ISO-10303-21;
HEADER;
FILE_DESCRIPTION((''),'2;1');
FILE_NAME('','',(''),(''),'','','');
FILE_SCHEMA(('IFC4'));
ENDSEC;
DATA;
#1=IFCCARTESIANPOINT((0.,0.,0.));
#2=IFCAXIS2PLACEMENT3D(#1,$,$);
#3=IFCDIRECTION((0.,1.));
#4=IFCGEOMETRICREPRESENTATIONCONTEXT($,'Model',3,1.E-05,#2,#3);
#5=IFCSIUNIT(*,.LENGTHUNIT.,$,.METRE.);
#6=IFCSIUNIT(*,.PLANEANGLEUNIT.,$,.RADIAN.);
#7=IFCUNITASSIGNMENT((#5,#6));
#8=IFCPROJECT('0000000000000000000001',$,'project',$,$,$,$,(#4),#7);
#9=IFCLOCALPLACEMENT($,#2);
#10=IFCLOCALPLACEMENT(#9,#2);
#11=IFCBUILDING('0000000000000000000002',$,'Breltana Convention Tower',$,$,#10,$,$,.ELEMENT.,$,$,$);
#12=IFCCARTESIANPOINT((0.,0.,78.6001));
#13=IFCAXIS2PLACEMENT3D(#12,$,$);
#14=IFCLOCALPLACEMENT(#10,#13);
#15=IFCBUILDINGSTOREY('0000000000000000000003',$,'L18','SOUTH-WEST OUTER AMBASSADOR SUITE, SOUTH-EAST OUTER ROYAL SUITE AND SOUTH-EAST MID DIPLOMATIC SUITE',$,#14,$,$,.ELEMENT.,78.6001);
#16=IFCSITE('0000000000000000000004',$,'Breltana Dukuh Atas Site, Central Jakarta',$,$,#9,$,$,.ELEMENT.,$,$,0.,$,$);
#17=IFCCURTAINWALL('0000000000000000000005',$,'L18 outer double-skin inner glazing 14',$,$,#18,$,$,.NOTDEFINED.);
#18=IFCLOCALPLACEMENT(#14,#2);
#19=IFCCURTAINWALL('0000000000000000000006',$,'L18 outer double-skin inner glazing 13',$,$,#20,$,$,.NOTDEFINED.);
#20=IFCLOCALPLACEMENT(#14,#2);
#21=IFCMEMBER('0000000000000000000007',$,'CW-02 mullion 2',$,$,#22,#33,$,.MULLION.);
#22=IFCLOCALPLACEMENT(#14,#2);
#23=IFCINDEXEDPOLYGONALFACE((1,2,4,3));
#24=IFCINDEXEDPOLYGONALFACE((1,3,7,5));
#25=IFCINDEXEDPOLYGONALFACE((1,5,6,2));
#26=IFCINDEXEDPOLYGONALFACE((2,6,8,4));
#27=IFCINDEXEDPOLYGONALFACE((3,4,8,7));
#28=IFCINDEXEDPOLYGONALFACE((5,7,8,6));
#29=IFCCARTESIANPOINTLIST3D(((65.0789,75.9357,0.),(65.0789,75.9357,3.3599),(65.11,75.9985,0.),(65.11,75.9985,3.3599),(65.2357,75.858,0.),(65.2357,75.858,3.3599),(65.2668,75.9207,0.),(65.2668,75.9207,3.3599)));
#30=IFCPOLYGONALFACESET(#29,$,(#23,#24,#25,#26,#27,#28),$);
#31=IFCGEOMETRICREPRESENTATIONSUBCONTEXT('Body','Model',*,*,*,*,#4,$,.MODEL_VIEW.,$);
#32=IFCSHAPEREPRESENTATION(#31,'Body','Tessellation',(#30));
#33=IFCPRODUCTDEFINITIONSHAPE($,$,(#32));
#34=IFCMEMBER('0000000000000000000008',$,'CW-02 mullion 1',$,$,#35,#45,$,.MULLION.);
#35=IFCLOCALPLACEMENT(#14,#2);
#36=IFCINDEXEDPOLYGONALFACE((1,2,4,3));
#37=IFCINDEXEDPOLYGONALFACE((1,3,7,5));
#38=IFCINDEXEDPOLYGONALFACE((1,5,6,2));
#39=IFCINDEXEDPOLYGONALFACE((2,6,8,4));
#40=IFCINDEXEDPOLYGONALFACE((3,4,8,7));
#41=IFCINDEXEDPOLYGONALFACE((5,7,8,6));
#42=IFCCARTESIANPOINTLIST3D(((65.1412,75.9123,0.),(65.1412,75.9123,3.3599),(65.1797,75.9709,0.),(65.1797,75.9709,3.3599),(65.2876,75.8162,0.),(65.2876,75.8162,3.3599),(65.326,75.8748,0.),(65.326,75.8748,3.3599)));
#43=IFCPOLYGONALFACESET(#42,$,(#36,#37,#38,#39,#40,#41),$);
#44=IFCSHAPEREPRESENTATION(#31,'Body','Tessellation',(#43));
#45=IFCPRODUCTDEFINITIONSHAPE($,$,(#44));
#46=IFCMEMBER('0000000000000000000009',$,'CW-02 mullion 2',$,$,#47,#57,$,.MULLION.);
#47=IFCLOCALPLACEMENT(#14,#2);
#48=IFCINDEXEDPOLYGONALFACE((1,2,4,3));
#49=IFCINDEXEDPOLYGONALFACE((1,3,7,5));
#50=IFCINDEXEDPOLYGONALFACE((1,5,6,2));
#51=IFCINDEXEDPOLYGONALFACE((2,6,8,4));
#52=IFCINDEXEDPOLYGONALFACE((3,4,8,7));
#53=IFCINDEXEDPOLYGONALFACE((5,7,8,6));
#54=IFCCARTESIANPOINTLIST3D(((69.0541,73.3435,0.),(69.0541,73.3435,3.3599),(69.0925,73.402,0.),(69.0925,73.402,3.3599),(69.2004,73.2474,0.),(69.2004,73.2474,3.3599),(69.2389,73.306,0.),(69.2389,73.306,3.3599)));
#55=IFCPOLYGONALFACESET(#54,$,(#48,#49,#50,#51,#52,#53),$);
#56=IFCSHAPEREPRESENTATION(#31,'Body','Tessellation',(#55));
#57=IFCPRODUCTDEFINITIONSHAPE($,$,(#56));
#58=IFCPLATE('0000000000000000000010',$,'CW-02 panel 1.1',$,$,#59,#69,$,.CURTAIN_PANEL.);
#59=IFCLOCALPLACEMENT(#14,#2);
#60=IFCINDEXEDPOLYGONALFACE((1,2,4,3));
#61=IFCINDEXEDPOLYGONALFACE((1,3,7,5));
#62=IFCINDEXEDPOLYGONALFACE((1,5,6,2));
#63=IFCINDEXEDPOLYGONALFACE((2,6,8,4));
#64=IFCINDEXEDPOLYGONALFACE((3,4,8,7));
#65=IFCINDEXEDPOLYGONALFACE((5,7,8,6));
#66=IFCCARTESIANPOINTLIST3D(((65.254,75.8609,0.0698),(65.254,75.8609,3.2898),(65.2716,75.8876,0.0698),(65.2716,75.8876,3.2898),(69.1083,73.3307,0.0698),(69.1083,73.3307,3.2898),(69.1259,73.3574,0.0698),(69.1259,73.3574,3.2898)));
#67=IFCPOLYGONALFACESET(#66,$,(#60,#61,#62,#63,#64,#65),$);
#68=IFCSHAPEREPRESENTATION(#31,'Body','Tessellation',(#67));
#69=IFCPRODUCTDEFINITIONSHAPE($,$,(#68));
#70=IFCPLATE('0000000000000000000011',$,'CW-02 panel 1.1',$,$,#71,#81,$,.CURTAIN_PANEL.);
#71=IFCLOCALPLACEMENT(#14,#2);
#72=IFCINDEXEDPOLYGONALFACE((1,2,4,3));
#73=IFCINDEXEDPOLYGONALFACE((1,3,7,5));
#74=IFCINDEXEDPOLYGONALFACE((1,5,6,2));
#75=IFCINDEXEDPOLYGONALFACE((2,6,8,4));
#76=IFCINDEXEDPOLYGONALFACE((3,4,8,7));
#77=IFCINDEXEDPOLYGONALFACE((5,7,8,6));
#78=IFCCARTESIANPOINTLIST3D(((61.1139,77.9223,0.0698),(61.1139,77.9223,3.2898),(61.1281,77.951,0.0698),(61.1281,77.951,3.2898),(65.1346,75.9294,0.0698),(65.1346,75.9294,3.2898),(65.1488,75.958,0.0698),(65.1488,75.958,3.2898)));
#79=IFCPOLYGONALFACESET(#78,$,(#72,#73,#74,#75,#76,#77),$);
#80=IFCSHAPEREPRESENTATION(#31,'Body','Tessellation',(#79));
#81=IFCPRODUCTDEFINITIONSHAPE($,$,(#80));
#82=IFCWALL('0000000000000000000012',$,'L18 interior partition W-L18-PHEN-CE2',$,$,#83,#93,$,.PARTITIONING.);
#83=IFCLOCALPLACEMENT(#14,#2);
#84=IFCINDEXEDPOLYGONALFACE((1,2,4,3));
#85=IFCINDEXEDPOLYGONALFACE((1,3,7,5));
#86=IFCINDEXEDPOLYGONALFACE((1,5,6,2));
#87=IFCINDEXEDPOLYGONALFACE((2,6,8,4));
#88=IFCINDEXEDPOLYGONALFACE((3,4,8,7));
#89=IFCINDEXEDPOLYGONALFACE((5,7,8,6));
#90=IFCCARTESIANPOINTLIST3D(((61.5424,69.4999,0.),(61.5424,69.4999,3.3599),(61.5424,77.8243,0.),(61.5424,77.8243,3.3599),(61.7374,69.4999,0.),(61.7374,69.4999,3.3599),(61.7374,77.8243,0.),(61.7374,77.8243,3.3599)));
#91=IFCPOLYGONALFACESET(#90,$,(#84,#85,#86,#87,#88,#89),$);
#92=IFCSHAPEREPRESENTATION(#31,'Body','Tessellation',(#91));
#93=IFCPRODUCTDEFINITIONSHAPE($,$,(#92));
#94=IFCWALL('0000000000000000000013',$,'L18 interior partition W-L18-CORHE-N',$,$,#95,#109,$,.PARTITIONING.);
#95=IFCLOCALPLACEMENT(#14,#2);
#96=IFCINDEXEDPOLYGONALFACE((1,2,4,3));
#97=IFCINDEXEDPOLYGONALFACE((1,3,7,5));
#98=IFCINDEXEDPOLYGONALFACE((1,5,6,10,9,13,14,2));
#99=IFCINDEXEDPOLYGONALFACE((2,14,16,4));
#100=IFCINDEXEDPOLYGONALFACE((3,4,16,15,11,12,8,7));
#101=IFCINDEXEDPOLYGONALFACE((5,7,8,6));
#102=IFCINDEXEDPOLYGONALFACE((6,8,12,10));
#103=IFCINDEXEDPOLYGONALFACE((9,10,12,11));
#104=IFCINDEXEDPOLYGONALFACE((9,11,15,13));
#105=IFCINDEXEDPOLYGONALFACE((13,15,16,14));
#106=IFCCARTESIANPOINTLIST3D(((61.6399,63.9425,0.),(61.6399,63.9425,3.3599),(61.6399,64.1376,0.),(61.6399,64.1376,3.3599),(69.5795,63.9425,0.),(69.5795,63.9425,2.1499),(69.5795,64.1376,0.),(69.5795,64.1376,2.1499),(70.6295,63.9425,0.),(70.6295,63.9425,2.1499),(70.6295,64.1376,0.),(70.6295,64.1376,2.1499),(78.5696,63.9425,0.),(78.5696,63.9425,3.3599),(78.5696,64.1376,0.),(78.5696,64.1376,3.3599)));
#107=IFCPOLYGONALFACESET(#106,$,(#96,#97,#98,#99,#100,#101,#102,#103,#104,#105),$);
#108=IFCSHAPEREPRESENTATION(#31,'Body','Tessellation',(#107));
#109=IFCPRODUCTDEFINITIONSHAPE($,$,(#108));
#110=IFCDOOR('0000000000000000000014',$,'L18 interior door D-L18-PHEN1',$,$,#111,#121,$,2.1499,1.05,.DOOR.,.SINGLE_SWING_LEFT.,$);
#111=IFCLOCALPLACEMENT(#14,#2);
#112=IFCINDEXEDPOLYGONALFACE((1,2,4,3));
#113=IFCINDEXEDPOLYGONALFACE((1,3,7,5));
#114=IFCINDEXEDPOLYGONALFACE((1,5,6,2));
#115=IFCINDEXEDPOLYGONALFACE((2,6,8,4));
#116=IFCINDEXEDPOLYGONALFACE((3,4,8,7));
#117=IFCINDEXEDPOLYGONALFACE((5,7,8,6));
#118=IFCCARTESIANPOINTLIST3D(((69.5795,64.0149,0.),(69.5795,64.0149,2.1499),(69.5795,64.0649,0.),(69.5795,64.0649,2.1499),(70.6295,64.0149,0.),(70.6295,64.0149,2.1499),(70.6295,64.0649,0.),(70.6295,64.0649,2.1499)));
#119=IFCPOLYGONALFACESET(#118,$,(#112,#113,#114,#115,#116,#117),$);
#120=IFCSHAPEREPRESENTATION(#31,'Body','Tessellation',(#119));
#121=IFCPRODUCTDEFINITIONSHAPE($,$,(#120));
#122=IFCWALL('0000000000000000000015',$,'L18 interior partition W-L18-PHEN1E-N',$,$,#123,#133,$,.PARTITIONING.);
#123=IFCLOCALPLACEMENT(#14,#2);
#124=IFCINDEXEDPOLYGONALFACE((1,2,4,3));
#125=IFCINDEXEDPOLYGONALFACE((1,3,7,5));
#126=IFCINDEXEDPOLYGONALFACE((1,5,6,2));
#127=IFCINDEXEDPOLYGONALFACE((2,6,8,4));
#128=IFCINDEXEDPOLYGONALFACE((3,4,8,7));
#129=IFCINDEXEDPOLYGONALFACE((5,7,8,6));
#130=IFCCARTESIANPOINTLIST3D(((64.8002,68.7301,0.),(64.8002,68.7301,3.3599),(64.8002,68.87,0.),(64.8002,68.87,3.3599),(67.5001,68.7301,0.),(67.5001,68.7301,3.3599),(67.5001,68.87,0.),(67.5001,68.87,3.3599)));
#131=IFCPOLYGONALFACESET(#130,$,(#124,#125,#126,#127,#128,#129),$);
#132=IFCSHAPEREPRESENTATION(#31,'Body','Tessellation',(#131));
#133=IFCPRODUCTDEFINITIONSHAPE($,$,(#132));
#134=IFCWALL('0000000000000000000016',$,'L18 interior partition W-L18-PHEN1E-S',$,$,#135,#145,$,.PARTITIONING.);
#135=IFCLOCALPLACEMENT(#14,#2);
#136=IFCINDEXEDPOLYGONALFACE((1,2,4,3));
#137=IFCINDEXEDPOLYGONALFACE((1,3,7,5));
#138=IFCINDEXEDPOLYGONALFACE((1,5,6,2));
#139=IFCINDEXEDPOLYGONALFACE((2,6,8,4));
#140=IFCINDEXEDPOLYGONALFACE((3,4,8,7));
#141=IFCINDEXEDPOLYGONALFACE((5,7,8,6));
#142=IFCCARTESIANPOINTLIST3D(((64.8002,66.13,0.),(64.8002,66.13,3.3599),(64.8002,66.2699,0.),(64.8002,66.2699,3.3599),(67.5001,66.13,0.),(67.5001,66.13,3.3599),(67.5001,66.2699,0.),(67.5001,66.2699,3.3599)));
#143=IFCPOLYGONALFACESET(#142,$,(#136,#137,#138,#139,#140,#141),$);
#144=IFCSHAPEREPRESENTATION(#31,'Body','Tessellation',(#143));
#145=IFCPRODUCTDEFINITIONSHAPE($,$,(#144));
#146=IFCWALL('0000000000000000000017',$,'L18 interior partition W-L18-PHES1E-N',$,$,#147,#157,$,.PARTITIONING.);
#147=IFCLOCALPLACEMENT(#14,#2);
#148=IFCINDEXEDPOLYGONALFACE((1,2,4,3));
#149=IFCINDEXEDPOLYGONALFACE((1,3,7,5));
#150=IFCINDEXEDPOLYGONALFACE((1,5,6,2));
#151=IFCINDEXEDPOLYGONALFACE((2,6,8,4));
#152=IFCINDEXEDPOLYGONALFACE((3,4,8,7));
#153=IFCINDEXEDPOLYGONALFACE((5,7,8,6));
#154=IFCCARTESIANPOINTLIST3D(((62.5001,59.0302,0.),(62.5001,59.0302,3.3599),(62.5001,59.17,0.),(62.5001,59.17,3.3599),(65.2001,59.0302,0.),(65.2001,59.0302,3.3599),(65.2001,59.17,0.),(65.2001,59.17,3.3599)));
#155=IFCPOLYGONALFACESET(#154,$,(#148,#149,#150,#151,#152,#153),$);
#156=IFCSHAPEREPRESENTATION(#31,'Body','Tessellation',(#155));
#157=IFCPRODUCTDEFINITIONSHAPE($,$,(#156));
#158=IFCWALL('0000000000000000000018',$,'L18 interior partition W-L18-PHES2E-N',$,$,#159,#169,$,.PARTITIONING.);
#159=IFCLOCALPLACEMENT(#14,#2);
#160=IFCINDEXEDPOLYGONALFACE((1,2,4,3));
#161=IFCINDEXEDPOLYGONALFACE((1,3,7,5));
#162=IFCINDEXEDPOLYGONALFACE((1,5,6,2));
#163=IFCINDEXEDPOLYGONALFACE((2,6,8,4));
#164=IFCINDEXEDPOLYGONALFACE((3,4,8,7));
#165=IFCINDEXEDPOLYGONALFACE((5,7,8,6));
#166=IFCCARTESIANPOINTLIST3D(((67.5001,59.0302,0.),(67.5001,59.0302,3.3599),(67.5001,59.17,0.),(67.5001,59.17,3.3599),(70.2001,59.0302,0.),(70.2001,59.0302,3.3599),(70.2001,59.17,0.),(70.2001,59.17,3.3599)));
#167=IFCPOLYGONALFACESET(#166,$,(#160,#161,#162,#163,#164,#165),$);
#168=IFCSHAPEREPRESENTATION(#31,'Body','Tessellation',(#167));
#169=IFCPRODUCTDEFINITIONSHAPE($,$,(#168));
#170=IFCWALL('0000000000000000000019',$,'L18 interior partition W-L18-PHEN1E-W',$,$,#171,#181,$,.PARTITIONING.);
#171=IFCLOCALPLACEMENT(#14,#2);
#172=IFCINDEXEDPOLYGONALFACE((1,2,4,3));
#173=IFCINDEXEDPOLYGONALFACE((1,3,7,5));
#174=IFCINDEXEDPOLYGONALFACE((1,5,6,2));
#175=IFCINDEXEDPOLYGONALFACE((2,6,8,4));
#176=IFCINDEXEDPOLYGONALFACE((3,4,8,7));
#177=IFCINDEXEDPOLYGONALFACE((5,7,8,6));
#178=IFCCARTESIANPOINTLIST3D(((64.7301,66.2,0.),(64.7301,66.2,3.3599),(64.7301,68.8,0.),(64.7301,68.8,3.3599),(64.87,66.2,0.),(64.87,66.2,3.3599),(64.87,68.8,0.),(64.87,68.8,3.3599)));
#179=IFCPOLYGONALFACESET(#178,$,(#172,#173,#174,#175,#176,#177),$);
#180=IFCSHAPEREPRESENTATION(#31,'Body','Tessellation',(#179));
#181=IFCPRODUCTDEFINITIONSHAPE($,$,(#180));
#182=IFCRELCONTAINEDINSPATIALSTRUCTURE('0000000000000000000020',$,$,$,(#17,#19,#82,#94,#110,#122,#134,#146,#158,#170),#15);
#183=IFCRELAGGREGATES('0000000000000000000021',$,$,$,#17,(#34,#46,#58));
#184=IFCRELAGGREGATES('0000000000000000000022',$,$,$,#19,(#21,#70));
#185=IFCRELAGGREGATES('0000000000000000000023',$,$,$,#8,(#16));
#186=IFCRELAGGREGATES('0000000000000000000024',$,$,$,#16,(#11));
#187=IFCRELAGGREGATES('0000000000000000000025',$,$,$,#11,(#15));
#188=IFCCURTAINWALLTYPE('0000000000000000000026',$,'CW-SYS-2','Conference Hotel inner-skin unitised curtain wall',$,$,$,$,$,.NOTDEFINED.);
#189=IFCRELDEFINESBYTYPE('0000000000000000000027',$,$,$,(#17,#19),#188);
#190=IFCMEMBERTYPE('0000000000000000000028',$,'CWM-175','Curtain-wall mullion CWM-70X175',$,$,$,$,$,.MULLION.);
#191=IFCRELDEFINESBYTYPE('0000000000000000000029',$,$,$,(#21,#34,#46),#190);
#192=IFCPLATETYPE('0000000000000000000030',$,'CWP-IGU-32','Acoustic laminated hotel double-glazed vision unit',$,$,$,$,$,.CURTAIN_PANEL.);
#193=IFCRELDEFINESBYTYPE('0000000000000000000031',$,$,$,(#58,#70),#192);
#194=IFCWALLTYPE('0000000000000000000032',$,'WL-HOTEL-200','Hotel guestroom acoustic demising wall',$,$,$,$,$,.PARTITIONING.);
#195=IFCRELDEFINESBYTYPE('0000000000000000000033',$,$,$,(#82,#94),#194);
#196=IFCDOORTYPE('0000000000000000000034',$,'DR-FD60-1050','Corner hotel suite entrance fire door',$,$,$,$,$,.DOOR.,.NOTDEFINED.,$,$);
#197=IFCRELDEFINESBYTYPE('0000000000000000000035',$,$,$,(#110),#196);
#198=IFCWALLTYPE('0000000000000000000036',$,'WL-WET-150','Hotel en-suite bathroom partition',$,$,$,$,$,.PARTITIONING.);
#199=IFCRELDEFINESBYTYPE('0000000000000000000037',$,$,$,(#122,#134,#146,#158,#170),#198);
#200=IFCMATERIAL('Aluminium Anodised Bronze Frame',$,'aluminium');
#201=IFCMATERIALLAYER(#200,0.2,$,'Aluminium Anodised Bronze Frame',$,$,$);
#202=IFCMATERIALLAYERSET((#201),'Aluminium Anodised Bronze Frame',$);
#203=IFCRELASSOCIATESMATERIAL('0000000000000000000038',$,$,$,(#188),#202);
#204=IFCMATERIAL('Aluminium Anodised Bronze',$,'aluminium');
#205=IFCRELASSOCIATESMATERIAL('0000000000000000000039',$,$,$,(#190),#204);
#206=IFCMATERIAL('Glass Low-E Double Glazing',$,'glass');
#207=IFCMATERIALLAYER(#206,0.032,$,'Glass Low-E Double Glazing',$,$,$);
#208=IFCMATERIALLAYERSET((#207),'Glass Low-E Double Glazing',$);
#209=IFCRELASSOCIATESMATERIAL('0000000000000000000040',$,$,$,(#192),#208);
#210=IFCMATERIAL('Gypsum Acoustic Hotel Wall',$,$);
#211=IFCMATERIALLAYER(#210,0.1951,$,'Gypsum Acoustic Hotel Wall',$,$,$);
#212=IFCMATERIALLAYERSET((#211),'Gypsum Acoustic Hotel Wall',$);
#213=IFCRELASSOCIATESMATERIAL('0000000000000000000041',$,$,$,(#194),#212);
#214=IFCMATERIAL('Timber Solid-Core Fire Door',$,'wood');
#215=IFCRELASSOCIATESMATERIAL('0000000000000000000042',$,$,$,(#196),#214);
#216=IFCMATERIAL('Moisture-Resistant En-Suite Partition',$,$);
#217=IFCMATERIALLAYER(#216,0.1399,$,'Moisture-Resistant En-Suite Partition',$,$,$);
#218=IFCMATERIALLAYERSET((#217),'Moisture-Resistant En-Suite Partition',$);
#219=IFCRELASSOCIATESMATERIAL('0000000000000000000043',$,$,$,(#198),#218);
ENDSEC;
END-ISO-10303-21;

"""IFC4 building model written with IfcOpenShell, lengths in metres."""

from ifc_helpers import new_model, si_unit, direction, frame, frame_2d, origin, origin_2d, place, context, subcontext, project, spatial, rectangle, extrude, source, transform, mapped, material, layer, layer_set, material_profile, profile_set, type_object, type_shapes, element, fill, aggregate, save


model = new_model("IFC4")

# Units and contexts
model_context = context("Model", 3, precision=1e-05, world=origin(), true_north=direction((0.0, 1.0)))
body_context = subcontext(model_context, "Body", "Model", "MODEL_VIEW")
ifc_project = project(units=[si_unit("LENGTHUNIT", "METRE"), si_unit("PLANEANGLEUNIT", "RADIAN")], contexts=[model_context])

# Site, building, storey
site_placement = place(None, origin())
site = spatial("IfcSite", under=ifc_project, at=site_placement, Name="Breltana Dukuh Atas Site, Central Jakarta", CompositionType="ELEMENT", RefElevation=0.0)
building_placement = place(site_placement, origin())
building = spatial("IfcBuilding", under=site, at=building_placement, Name="Breltana Convention Tower", CompositionType="ELEMENT")
storey_placement = place(building_placement, frame((0.0, 0.0, 78.6001)))
storey = spatial("IfcBuildingStorey", under=building, at=storey_placement, Name="L18", Description="SOUTH-WEST OUTER AMBASSADOR SUITE, SOUTH-EAST OUTER ROYAL SUITE AND SOUTH-EAST MID DIPLOMATIC SUITE", CompositionType="ELEMENT", Elevation=78.6001)

# Curtain wall
ifc_material_1 = material(Name="Aluminium Anodised Bronze Frame", Category="aluminium")
ifc_layer_1 = layer(ifc_material_1, 0.2, Name="Aluminium Anodised Bronze Frame")
ifc_layer_set_1 = layer_set([ifc_layer_1], Name="Aluminium Anodised Bronze Frame")
curtain_wall_type = type_object("IfcCurtainWallType", Name="CW-SYS-2", Description="Conference Hotel inner-skin unitised curtain wall", PredefinedType="NOTDEFINED", material=ifc_layer_set_1)
curtain_wall_1_placement = place(storey_placement, origin())
curtain_wall_1 = element("IfcCurtainWall", 1, at=curtain_wall_1_placement, inside=storey, type_object=curtain_wall_type, Name="L18 outer double-skin inner glazing 14", PredefinedType="NOTDEFINED")
ifc_material_2 = material(Name="Aluminium Anodised Bronze", Category="aluminium")

# Curtain wall, member
curtain_wall_2_placement = place(storey_placement, origin())
curtain_wall_2 = element("IfcCurtainWall", 2, at=curtain_wall_2_placement, inside=storey, type_object=curtain_wall_type, Name="L18 outer double-skin inner glazing 13", PredefinedType="NOTDEFINED")
ifc_material_profile_1 = material_profile(ifc_material_2, rectangle(XDim=0.0701, YDim=0.175, at=origin_2d()), Name="CWM-70X175")
ifc_profile_set_1 = profile_set([ifc_material_profile_1], Name="Aluminium Anodised Bronze")
member_type_1 = type_object("IfcMemberType", Name="CWM-175", Description="Curtain-wall mullion CWM-70X175", PredefinedType="MULLION", material=ifc_profile_set_1)
shared_shape_1 = source(origin(), body_context, "Body", "SweptSolid", [
    extrude(rectangle(XDim=0.0701, YDim=0.175, at=origin_2d()), origin(), (0.0, 0.0, 1.0), 3.3599),
])
member_1_placement = place(storey_placement, frame((65.1729, 75.9282, 0.0), z_axis=(0.0, 0.0, 1.0), x_axis=(0.444108, 0.895973, 0.0)))
member_1 = element("IfcMember", 3, at=member_1_placement, type_object=member_type_1, Name="CW-02 mullion 2", PredefinedType="MULLION", context=body_context, shape_type="MappedRepresentation", body=[
    mapped(shared_shape_1, transform((0.0, 0.0, 0.0), scale=1.0)),
])

# Members
member_2_placement = place(storey_placement, frame((65.2336, 75.8936, 0.0), z_axis=(0.0, 0.0, 1.0), x_axis=(0.548784, 0.835964, 0.0)))
member_2 = element("IfcMember", 4, at=member_2_placement, type_object=member_type_1, Name="CW-02 mullion 1", PredefinedType="MULLION", context=body_context, shape_type="MappedRepresentation", body=[
    mapped(shared_shape_1, transform((0.0, 0.0, 0.0), scale=1.0)),
])
member_3_placement = place(storey_placement, frame((69.1465, 73.3247, 0.0), z_axis=(0.0, 0.0, 1.0), x_axis=(0.548784, 0.835964, 0.0)))
member_3 = element("IfcMember", 5, at=member_3_placement, type_object=member_type_1, Name="CW-02 mullion 2", PredefinedType="MULLION", context=body_context, shape_type="MappedRepresentation", body=[
    mapped(shared_shape_1, transform((0.0, 0.0, 0.0), scale=1.0)),
])

# Plates
ifc_material_3 = material(Name="Glass Low-E Double Glazing", Category="glass")
ifc_layer_2 = layer(ifc_material_3, 0.032, Name="Glass Low-E Double Glazing")
ifc_layer_set_2 = layer_set([ifc_layer_2], Name="Glass Low-E Double Glazing")
plate_type = type_object("IfcPlateType", Name="CWP-IGU-32", Description="Acoustic laminated hotel double-glazed vision unit", PredefinedType="CURTAIN_PANEL", material=ifc_layer_set_2)
shared_shape_2 = source(origin(), body_context, "Body", "SweptSolid", [
    extrude(rectangle(XDim=4.6106, YDim=0.032, at=origin_2d()), origin(), (0.0, 0.0, 1.0), 3.22),
])
plate_1_placement = place(storey_placement, frame((67.1899, 74.6091, 0.0698), z_axis=(0.0, 0.0, 1.0), x_axis=(0.835964, -0.548784, 0.0)))
plate_1 = element("IfcPlate", 6, at=plate_1_placement, type_object=plate_type, Name="CW-02 panel 1.1", PredefinedType="CURTAIN_PANEL", context=body_context, shape_type="MappedRepresentation", body=[
    mapped(shared_shape_2, transform((0.0, 0.0, 0.0), scale=1.0)),
])
aggregate(curtain_wall_1, [member_2, member_3, plate_1])
shared_shape_3 = source(origin(), body_context, "Body", "SweptSolid", [
    extrude(rectangle(XDim=4.4875, YDim=0.032, at=origin_2d()), origin(), (0.0, 0.0, 1.0), 3.22),
])
plate_2_placement = place(storey_placement, frame((63.1313, 76.9402, 0.0698), z_axis=(0.0, 0.0, 1.0), x_axis=(0.895973, -0.444108, 0.0)))
plate_2 = element("IfcPlate", 7, at=plate_2_placement, type_object=plate_type, Name="CW-02 panel 1.1", PredefinedType="CURTAIN_PANEL", context=body_context, shape_type="MappedRepresentation", body=[
    mapped(shared_shape_3, transform((0.0, 0.0, 0.0), scale=1.0)),
])
aggregate(curtain_wall_2, [member_1, plate_2])

# Wall
ifc_material_4 = material(Name="Gypsum Acoustic Hotel Wall")
ifc_layer_3 = layer(ifc_material_4, 0.1951, Name="Gypsum Acoustic Hotel Wall")
ifc_layer_set_3 = layer_set([ifc_layer_3], Name="Gypsum Acoustic Hotel Wall")
wall_type_1 = type_object("IfcWallType", Name="WL-HOTEL-200", Description="Hotel guestroom acoustic demising wall", PredefinedType="PARTITIONING", material=ifc_layer_set_3)
shared_shape_4 = source(origin(), body_context, "Body", "SweptSolid", [
    extrude(rectangle(XDim=8.3245, YDim=0.1951, at=frame_2d((4.1621, 0.0))), origin(), (0.0, 0.0, 1.0), 3.3599),
])
wall_1_placement = place(storey_placement, frame((61.6399, 69.5, 0.0), z_axis=(0.0, 0.0, 1.0), x_axis=(0.0, 1.0, 0.0)))
element("IfcWall", 8, at=wall_1_placement, inside=storey, type_object=wall_type_1, Name="L18 interior partition W-L18-PHEN-CE2", PredefinedType="PARTITIONING", context=body_context, shape_type="MappedRepresentation", body=[
    mapped(shared_shape_4, transform((0.0, 0.0, 0.0), scale=1.0)),
])

# Wall, opening, door
shared_shape_5 = source(origin(), body_context, "Body", "SweptSolid", [
    extrude(rectangle(XDim=16.9297, YDim=0.1951, at=frame_2d((8.4648, 0.0))), origin(), (0.0, 0.0, 1.0), 3.3599),
])
wall_2_placement = place(storey_placement, frame((61.6399, 64.04, 0.0), z_axis=(0.0, 0.0, 1.0), x_axis=(1.0, 0.0, 0.0)))
wall_2 = element("IfcWall", 9, at=wall_2_placement, inside=storey, type_object=wall_type_1, Name="L18 interior partition W-L18-CORHE-N", PredefinedType="PARTITIONING", context=body_context, shape_type="MappedRepresentation", body=[
    mapped(shared_shape_5, transform((0.0, 0.0, 0.0), scale=1.0)),
])
opening_1_placement = place(wall_2_placement, frame((7.9397, 0.0, 0.0)))
opening_1 = element("IfcOpeningElement", 10, at=opening_1_placement, cuts=wall_2, PredefinedType="OPENING", context=body_context, shape_type="SweptSolid", body=[
    extrude(rectangle(XDim=1.05, YDim=2.1499, at=frame_2d((0.5249, 1.075))), frame((0.0, 0.1074, 0.0), z_axis=(0.0, -1.0, 0.0), x_axis=(1.0, 0.0, 0.0)), (0.0, 0.0, 1.0), 0.2151),
])
ifc_material_5 = material(Name="Timber Solid-Core Fire Door", Category="wood")
door_type_1 = type_object("IfcDoorType", Name="DR-FD60-1050", Description="Corner hotel suite entrance fire door", OperationType="NOTDEFINED", PredefinedType="DOOR", material=ifc_material_5)
shared_shape_6 = source(origin(), body_context, "Body", "SweptSolid", [
    extrude(rectangle(XDim=1.05, YDim=2.1499, at=frame_2d((0.5249, 1.075))), frame((0.0, 0.0249, 0.0), z_axis=(0.0, -1.0, 0.0), x_axis=(1.0, 0.0, 0.0)), (0.0, 0.0, 1.0), 0.05),
])
type_shapes(door_type_1, [shared_shape_6])
door_1_placement = place(opening_1_placement, origin())
door_1 = element("IfcDoor", 11, at=door_1_placement, inside=storey, type_object=door_type_1, Name="L18 interior door D-L18-PHEN1", OperationType="SINGLE_SWING_LEFT", OverallHeight=2.1499, OverallWidth=1.05, PredefinedType="DOOR", context=body_context, shape_type="MappedRepresentation", body=[
    mapped(shared_shape_6, transform((0.0, 0.0, 0.0), scale=1.0)),
])
fill(opening_1, door_1)

# Walls
ifc_material_6 = material(Name="Moisture-Resistant En-Suite Partition")
ifc_layer_4 = layer(ifc_material_6, 0.1399, Name="Moisture-Resistant En-Suite Partition")
ifc_layer_set_4 = layer_set([ifc_layer_4], Name="Moisture-Resistant En-Suite Partition")
wall_type_2 = type_object("IfcWallType", Name="WL-WET-150", Description="Hotel en-suite bathroom partition", PredefinedType="PARTITIONING", material=ifc_layer_set_4)
shared_shape_7 = source(origin(), body_context, "Body", "SweptSolid", [
    extrude(rectangle(XDim=2.7, YDim=0.1399, at=frame_2d((1.3501, 0.0))), origin(), (0.0, 0.0, 1.0), 3.3599),
])
for number, where, z_axis, x_axis, name in (
    (12, (64.8, 68.8, 0.0), (0.0, 0.0, 1.0), (1.0, 0.0, 0.0), "L18 interior partition W-L18-PHEN1E-N"),
    (13, (64.8, 66.2, 0.0), (0.0, 0.0, 1.0), (1.0, 0.0, 0.0), "L18 interior partition W-L18-PHEN1E-S"),
    (14, (62.5, 59.1001, 0.0), (0.0, 0.0, 1.0), (1.0, 0.0, 0.0), "L18 interior partition W-L18-PHES1E-N"),
    (15, (67.5, 59.1001, 0.0), (0.0, 0.0, 1.0), (1.0, 0.0, 0.0), "L18 interior partition W-L18-PHES2E-N"),
):
    element("IfcWall", number, at=place(storey_placement, frame(where, z_axis=z_axis, x_axis=x_axis)), inside=storey, type_object=wall_type_2, Name=name, PredefinedType="PARTITIONING", context=body_context, shape_type="MappedRepresentation", body=[
        mapped(shared_shape_7, transform((0.0, 0.0, 0.0), scale=1.0)),
    ])
shared_shape_8 = source(origin(), body_context, "Body", "SweptSolid", [
    extrude(rectangle(XDim=2.6001, YDim=0.1399, at=frame_2d((1.3, 0.0))), origin(), (0.0, 0.0, 1.0), 3.3599),
])
wall_3_placement = place(storey_placement, frame((64.8, 66.2, 0.0), z_axis=(0.0, 0.0, 1.0), x_axis=(0.0, 1.0, 0.0)))
element("IfcWall", 16, at=wall_3_placement, inside=storey, type_object=wall_type_2, Name="L18 interior partition W-L18-PHEN1E-W", PredefinedType="PARTITIONING", context=body_context, shape_type="MappedRepresentation", body=[
    mapped(shared_shape_8, transform((0.0, 0.0, 0.0), scale=1.0)),
])

save(model, "model.ifc")
